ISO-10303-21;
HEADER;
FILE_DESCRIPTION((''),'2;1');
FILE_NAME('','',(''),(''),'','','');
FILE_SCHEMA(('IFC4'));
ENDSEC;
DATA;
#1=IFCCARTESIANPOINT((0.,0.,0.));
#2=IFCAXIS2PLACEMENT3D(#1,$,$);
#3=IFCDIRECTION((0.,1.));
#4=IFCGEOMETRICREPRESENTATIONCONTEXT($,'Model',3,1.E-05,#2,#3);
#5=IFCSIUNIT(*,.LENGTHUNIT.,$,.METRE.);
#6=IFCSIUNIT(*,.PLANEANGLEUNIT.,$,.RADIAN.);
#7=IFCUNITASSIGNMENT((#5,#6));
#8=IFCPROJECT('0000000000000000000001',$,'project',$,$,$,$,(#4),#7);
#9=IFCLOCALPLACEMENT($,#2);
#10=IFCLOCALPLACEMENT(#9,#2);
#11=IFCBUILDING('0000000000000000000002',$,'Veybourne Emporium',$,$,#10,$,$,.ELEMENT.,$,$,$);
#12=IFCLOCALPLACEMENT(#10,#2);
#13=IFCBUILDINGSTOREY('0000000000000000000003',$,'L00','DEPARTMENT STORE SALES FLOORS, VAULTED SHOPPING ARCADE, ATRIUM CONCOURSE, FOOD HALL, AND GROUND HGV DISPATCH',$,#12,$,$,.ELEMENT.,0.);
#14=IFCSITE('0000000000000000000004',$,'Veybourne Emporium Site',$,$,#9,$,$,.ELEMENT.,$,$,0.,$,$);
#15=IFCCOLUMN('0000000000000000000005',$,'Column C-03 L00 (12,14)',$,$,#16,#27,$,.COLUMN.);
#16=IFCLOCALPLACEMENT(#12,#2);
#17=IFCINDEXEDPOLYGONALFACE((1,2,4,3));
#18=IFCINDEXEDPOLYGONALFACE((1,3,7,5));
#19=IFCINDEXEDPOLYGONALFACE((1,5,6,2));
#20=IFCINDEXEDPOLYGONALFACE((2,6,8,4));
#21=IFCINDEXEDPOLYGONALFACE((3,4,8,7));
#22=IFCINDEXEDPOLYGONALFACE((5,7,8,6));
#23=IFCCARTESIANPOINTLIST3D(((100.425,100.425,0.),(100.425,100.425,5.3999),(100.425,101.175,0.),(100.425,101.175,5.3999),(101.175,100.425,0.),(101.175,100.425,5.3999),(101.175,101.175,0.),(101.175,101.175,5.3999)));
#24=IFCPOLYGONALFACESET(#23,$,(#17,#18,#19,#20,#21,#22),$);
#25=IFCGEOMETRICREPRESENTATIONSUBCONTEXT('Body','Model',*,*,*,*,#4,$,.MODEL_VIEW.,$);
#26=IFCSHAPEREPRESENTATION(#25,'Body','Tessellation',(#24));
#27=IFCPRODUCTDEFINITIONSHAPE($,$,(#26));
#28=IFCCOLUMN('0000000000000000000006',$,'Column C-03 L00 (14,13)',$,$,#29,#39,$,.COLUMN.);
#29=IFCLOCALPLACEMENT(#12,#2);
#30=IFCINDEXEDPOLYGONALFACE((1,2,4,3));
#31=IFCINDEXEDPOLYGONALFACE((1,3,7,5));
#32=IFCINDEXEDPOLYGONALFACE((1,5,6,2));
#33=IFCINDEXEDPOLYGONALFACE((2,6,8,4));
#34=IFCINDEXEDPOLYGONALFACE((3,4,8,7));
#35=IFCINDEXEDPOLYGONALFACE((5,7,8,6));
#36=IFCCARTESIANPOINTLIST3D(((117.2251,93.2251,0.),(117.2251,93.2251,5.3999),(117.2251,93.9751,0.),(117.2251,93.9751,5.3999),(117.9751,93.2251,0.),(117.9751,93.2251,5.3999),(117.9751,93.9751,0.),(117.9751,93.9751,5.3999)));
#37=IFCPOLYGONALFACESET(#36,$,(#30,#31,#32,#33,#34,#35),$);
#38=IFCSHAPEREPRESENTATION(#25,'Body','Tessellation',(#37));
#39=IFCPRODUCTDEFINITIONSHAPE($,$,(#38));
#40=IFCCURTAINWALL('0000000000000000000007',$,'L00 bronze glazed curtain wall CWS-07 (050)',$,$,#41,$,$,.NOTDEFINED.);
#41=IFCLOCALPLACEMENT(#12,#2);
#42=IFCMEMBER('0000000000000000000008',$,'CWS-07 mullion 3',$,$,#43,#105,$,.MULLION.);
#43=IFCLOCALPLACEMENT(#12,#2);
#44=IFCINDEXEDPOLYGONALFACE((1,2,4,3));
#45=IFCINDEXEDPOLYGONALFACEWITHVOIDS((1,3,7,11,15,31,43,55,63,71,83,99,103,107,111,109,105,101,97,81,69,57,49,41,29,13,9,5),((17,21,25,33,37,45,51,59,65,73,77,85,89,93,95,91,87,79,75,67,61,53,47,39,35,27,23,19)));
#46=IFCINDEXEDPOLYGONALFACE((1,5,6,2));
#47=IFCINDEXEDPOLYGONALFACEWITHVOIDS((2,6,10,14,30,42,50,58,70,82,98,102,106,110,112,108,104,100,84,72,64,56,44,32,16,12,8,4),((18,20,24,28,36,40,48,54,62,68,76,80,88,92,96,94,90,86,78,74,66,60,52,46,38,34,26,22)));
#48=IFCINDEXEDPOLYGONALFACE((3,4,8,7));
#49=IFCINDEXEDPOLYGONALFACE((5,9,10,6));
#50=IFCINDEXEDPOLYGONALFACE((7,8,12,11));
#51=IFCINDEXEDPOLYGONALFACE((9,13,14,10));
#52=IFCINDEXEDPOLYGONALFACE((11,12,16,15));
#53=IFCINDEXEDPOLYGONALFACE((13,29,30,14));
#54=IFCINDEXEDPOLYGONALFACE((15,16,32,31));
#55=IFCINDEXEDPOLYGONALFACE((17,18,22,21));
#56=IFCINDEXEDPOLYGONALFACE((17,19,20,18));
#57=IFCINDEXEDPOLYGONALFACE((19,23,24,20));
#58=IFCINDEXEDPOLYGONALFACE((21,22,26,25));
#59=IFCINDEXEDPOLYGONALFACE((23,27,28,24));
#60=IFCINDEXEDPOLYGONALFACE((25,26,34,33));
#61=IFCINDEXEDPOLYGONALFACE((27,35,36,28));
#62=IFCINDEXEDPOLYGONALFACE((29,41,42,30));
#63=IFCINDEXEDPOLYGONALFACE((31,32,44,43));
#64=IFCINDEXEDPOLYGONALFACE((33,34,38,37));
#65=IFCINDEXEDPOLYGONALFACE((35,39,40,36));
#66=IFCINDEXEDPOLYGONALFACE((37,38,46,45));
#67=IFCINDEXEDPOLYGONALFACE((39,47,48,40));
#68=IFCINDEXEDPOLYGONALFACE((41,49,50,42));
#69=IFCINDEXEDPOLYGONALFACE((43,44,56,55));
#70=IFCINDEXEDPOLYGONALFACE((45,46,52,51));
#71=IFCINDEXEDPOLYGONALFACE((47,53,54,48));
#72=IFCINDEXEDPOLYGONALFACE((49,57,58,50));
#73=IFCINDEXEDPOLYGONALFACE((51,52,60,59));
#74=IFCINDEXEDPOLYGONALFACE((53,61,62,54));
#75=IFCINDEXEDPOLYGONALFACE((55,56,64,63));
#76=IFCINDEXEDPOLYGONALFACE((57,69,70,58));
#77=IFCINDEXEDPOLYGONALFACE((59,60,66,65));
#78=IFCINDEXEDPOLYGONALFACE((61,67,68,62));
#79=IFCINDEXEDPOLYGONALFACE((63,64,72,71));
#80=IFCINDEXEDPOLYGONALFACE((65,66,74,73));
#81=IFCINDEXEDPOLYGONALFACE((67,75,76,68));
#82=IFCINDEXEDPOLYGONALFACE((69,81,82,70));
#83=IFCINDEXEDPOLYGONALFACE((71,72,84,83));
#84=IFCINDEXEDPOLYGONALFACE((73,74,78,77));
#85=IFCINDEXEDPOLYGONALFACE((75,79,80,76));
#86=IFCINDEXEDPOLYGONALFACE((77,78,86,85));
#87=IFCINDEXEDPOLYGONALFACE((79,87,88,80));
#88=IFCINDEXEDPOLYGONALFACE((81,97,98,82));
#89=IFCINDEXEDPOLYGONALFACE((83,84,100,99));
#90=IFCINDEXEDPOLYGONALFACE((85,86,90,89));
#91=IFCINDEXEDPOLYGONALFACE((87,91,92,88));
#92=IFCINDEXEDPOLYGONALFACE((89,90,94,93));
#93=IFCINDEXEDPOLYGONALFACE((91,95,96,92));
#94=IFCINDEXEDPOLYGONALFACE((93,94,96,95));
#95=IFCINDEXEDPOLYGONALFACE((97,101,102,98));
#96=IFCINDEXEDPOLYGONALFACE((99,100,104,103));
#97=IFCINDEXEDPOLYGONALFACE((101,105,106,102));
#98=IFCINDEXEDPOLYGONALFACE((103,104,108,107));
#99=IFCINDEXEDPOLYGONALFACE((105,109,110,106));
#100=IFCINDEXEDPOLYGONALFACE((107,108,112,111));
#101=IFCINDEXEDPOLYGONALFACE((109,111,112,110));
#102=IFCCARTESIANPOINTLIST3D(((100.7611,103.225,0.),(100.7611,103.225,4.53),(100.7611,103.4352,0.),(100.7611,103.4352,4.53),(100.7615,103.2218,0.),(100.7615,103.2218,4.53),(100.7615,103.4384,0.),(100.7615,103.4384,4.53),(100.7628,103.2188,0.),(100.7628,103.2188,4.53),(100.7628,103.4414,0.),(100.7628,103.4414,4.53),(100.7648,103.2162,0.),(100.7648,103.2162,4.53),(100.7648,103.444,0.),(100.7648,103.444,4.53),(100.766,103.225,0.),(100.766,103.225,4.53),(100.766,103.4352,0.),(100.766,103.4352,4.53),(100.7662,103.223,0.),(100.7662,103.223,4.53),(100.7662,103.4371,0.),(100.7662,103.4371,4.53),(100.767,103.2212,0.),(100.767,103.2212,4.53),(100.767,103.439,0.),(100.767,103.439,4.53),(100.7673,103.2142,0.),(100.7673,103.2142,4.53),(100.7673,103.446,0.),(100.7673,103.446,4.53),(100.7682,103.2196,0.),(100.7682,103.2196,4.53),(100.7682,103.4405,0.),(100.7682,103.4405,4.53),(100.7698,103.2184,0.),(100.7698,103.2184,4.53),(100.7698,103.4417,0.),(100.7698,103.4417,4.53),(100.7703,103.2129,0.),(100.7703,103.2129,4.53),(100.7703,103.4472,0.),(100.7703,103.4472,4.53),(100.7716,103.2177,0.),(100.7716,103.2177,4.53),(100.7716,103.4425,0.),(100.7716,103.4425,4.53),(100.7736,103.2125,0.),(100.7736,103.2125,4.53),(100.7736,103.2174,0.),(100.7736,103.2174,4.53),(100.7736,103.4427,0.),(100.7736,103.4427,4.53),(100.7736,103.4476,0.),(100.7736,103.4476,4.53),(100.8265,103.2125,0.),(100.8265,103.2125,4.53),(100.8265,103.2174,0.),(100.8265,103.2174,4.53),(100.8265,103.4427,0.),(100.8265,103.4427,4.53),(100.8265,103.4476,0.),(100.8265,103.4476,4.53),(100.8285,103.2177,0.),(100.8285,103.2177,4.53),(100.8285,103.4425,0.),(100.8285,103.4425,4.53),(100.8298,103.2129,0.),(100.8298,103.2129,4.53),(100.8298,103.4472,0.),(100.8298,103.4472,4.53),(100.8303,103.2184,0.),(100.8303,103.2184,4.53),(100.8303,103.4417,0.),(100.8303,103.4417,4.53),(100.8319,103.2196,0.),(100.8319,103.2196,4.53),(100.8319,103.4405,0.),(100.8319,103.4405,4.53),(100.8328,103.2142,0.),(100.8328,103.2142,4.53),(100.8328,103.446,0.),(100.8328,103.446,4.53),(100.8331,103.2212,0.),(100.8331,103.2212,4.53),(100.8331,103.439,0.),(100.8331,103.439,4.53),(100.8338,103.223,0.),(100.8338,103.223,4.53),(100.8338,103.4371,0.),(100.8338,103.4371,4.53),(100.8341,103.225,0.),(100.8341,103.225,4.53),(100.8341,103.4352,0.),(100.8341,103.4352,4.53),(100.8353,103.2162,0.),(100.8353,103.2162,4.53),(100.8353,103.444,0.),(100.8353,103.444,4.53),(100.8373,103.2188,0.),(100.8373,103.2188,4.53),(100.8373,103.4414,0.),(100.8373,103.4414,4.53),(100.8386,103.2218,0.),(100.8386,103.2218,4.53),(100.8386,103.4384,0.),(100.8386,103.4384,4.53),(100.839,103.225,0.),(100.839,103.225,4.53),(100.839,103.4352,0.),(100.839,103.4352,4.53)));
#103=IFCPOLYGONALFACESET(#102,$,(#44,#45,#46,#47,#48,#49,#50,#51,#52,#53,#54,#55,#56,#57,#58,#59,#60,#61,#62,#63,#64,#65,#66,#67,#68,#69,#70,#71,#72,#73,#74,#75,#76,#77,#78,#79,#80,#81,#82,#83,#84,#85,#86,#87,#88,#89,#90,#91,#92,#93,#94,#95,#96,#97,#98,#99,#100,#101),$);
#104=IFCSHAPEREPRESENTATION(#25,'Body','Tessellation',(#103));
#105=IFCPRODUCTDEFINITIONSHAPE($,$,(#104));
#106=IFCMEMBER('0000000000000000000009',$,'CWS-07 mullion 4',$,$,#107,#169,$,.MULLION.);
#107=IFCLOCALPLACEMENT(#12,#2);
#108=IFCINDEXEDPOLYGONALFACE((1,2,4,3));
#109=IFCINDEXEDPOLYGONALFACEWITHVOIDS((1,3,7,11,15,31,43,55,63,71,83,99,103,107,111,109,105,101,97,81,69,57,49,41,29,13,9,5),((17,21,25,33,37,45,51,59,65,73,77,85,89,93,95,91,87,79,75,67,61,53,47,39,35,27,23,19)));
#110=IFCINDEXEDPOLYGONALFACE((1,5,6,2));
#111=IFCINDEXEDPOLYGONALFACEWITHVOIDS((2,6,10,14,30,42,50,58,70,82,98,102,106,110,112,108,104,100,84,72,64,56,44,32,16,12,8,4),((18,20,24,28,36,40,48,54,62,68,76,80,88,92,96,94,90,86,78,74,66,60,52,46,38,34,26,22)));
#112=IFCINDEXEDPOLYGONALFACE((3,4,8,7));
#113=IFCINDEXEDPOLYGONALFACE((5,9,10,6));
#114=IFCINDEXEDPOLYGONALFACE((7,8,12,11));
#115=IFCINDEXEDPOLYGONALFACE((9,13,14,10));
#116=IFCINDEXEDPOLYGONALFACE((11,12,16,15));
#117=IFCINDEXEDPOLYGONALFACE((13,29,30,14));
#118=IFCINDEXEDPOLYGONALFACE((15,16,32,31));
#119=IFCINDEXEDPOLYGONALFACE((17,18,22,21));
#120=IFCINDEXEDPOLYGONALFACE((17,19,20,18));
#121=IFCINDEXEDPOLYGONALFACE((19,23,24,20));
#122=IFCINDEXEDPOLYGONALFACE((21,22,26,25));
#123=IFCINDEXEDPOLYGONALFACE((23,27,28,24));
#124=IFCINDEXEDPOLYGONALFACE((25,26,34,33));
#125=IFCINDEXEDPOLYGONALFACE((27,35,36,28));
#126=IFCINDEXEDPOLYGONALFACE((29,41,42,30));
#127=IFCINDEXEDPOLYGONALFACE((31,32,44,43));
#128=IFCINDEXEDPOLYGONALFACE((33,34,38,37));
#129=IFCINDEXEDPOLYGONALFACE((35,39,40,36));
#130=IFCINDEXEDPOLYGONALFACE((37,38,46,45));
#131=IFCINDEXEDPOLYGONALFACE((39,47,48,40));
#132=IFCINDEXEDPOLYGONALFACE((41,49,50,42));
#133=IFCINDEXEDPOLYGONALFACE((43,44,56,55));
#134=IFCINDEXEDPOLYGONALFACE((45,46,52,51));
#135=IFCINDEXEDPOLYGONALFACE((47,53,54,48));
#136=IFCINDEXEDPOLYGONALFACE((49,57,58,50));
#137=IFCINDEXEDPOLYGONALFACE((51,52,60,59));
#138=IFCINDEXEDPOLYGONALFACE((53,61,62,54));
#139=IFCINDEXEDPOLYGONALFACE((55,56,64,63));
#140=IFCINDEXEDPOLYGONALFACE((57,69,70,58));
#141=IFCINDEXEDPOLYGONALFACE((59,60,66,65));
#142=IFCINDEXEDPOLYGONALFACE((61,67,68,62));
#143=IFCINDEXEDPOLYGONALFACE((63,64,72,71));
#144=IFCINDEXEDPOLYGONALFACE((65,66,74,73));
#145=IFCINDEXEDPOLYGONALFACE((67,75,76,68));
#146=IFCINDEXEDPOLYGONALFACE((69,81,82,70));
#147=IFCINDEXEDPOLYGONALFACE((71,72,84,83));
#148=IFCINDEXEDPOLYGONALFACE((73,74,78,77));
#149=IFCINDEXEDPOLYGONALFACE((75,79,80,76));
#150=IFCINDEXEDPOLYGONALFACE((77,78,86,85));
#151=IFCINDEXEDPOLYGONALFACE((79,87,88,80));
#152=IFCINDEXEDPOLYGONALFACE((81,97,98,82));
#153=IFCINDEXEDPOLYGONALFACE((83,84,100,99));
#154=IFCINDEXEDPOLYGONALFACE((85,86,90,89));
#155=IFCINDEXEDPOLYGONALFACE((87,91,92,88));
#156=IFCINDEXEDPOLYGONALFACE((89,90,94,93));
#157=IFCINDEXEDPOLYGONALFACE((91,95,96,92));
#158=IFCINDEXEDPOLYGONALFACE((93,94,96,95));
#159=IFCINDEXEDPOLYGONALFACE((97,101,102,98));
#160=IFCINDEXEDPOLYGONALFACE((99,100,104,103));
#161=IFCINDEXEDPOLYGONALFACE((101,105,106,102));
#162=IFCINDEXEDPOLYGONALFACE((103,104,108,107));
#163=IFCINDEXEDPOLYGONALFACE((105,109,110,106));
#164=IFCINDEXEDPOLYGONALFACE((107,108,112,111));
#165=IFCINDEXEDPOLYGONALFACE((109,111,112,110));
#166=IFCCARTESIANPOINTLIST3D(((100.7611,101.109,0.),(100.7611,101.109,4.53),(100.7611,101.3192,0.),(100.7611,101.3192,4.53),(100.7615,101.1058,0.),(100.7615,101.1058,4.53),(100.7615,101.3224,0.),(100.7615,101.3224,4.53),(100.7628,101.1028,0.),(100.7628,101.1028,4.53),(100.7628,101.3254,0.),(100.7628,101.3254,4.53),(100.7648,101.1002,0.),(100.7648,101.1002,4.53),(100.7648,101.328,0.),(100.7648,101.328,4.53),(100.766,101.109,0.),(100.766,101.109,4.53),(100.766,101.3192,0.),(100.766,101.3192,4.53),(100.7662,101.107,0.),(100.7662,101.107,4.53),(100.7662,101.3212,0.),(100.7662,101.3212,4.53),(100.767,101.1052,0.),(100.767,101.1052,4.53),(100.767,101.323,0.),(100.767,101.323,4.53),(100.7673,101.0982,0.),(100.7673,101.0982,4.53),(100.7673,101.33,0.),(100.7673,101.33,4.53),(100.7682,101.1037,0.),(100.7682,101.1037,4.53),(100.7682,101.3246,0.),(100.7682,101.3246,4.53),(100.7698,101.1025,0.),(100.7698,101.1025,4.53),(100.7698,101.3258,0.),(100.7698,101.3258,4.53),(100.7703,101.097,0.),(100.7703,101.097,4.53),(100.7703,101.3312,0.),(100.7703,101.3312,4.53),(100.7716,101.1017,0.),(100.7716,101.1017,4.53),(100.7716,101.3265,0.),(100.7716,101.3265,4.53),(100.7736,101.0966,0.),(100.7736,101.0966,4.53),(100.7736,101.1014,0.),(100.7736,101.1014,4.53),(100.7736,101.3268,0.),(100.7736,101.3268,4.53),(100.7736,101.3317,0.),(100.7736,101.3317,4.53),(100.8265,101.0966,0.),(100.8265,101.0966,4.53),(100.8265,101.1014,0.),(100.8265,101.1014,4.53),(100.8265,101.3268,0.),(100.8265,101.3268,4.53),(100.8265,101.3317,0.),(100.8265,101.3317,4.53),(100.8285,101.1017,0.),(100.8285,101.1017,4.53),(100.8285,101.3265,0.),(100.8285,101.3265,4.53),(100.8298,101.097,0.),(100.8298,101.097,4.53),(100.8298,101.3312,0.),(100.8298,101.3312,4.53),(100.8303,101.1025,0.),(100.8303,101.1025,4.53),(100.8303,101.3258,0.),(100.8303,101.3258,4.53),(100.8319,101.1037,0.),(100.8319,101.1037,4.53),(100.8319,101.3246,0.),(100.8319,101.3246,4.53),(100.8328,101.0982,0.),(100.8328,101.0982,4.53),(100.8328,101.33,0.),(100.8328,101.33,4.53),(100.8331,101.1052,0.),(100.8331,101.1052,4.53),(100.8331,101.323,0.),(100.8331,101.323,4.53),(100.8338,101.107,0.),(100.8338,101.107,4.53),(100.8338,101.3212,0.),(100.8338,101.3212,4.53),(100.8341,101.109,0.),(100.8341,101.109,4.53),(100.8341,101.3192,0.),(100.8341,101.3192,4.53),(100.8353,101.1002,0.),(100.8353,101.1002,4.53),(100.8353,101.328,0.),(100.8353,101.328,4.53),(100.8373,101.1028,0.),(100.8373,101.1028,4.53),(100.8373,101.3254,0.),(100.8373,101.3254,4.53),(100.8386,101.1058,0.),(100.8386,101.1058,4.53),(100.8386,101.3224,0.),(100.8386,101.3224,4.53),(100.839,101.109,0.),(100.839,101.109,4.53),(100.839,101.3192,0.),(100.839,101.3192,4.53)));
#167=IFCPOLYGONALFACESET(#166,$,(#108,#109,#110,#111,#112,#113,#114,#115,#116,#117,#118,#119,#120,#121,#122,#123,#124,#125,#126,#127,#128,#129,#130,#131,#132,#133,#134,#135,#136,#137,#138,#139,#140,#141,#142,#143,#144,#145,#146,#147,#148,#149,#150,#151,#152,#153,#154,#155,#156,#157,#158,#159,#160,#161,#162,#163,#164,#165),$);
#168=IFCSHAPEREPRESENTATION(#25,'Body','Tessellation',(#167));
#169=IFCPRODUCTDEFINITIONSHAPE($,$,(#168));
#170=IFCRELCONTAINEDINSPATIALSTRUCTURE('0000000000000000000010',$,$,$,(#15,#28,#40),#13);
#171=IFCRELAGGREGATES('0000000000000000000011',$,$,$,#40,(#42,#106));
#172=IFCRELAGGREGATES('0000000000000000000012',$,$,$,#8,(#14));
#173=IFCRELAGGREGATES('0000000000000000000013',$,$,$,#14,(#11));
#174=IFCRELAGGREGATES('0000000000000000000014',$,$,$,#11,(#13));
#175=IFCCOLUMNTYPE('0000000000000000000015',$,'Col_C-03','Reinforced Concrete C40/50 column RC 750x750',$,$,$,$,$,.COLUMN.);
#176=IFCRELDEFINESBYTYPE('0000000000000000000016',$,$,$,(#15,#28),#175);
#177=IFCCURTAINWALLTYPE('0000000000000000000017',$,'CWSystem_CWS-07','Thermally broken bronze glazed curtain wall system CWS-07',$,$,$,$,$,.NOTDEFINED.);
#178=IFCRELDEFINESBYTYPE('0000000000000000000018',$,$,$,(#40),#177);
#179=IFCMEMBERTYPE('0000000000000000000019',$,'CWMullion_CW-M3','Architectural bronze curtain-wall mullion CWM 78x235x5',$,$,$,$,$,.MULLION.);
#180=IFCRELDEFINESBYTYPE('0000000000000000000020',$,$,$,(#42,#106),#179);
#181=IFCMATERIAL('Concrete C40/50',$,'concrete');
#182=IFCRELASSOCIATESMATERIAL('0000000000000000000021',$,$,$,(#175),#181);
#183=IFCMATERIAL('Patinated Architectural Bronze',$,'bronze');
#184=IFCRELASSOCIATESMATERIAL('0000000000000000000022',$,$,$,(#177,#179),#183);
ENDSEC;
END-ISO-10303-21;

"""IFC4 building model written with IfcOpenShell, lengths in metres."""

from ifc_helpers import new_model, si_unit, direction, frame, origin, origin_2d, place, context, subcontext, project, spatial, rectangle, hollow_rectangle, extrude, material, material_profile, profile_set, type_object, element, aggregate, save


model = new_model("IFC4")

# Units and contexts
model_context = context("Model", 3, precision=1e-05, world=origin(), true_north=direction((0.0, 1.0)))
body_context = subcontext(model_context, "Body", "Model", "MODEL_VIEW")
ifc_project = project(units=[si_unit("LENGTHUNIT", "METRE"), si_unit("PLANEANGLEUNIT", "RADIAN")], contexts=[model_context])

# Site, building, storey
site_placement = place(None, origin())
site = spatial("IfcSite", under=ifc_project, at=site_placement, Name="Veybourne Emporium Site", CompositionType="ELEMENT", RefElevation=0.0)
building_placement = place(site_placement, origin())
building = spatial("IfcBuilding", under=site, at=building_placement, Name="Veybourne Emporium", CompositionType="ELEMENT")
storey_placement = place(building_placement, origin())
storey = spatial("IfcBuildingStorey", under=building, at=storey_placement, Name="L00", Description="DEPARTMENT STORE SALES FLOORS, VAULTED SHOPPING ARCADE, ATRIUM CONCOURSE, FOOD HALL, AND GROUND HGV DISPATCH", CompositionType="ELEMENT", Elevation=0.0)

# Columns
ifc_material_1 = material(Name="Concrete C40/50", Category="concrete")
ifc_material_profile_1 = material_profile(ifc_material_1, rectangle(XDim=0.75, YDim=0.75, at=origin_2d()), Name="RC 750x750")
ifc_profile_set_1 = profile_set([ifc_material_profile_1], Name="Concrete C40/50")
column_type = type_object("IfcColumnType", Name="Col_C-03", Description="Reinforced Concrete C40/50 column RC 750x750", PredefinedType="COLUMN", material=ifc_profile_set_1)
for number, where, z_axis, x_axis, name in (
    (1, (100.8, 100.8, 0.0), (0.0, 0.0, 1.0), (1.0, 0.0, 0.0), "Column C-03 L00 (12,14)"),
    (2, (117.6001, 93.6001, 0.0), (0.0, 0.0, 1.0), (1.0, 0.0, 0.0), "Column C-03 L00 (14,13)"),
):
    element("IfcColumn", number, at=place(storey_placement, frame(where, z_axis=z_axis, x_axis=x_axis)), inside=storey, type_object=column_type, Name=name, PredefinedType="COLUMN", context=body_context, shape_type="SweptSolid", body=[
        extrude(rectangle(XDim=0.75, YDim=0.75, at=origin_2d()), origin(), (0.0, 0.0, 1.0), 5.3999),
    ])

# Curtain wall, members
ifc_material_2 = material(Name="Patinated Architectural Bronze", Category="bronze")
curtain_wall_type = type_object("IfcCurtainWallType", Name="CWSystem_CWS-07", Description="Thermally broken bronze glazed curtain wall system CWS-07", PredefinedType="NOTDEFINED", material=ifc_material_2)
curtain_wall_placement = place(storey_placement, origin())
curtain_wall = element("IfcCurtainWall", 3, at=curtain_wall_placement, inside=storey, type_object=curtain_wall_type, Name="L00 bronze glazed curtain wall CWS-07 (050)", PredefinedType="NOTDEFINED")
ifc_material_profile_2 = material_profile(ifc_material_2, hollow_rectangle(XDim=0.0779, YDim=0.2351, WallThickness=0.0049, InnerFilletRadius=0.0076, OuterFilletRadius=0.0125, at=origin_2d()), Name="CWM 78x235x5")
ifc_profile_set_2 = profile_set([ifc_material_profile_2], Name="Patinated Architectural Bronze")
member_type_1 = type_object("IfcMemberType", Name="CWMullion_CW-M3", Description="Architectural bronze curtain-wall mullion CWM 78x235x5", PredefinedType="MULLION", material=ifc_profile_set_2)
member_1_placement = place(storey_placement, frame((100.8, 103.3301, 0.0), z_axis=(0.0, 0.0, 1.0), x_axis=(1.0, 0.0, 0.0)))
member_1 = element("IfcMember", 4, at=member_1_placement, type_object=member_type_1, Name="CWS-07 mullion 3", PredefinedType="MULLION", context=body_context, shape_type="SweptSolid", body=[
    extrude(hollow_rectangle(XDim=0.0779, YDim=0.2351, WallThickness=0.0049, InnerFilletRadius=0.0076, OuterFilletRadius=0.0125, at=origin_2d()), origin(), (0.0, 0.0, 1.0), 4.53),
])
member_2_placement = place(storey_placement, frame((100.8, 101.2141, 0.0), z_axis=(0.0, 0.0, 1.0), x_axis=(1.0, 0.0, 0.0)))
member_2 = element("IfcMember", 5, at=member_2_placement, type_object=member_type_1, Name="CWS-07 mullion 4", PredefinedType="MULLION", context=body_context, shape_type="SweptSolid", body=[
    extrude(hollow_rectangle(XDim=0.0779, YDim=0.2351, WallThickness=0.0049, InnerFilletRadius=0.0076, OuterFilletRadius=0.0125, at=origin_2d()), origin(), (0.0, 0.0, 1.0), 4.53),
])

aggregate(curtain_wall, [member_1, member_2])

save(model, "model.ifc")
